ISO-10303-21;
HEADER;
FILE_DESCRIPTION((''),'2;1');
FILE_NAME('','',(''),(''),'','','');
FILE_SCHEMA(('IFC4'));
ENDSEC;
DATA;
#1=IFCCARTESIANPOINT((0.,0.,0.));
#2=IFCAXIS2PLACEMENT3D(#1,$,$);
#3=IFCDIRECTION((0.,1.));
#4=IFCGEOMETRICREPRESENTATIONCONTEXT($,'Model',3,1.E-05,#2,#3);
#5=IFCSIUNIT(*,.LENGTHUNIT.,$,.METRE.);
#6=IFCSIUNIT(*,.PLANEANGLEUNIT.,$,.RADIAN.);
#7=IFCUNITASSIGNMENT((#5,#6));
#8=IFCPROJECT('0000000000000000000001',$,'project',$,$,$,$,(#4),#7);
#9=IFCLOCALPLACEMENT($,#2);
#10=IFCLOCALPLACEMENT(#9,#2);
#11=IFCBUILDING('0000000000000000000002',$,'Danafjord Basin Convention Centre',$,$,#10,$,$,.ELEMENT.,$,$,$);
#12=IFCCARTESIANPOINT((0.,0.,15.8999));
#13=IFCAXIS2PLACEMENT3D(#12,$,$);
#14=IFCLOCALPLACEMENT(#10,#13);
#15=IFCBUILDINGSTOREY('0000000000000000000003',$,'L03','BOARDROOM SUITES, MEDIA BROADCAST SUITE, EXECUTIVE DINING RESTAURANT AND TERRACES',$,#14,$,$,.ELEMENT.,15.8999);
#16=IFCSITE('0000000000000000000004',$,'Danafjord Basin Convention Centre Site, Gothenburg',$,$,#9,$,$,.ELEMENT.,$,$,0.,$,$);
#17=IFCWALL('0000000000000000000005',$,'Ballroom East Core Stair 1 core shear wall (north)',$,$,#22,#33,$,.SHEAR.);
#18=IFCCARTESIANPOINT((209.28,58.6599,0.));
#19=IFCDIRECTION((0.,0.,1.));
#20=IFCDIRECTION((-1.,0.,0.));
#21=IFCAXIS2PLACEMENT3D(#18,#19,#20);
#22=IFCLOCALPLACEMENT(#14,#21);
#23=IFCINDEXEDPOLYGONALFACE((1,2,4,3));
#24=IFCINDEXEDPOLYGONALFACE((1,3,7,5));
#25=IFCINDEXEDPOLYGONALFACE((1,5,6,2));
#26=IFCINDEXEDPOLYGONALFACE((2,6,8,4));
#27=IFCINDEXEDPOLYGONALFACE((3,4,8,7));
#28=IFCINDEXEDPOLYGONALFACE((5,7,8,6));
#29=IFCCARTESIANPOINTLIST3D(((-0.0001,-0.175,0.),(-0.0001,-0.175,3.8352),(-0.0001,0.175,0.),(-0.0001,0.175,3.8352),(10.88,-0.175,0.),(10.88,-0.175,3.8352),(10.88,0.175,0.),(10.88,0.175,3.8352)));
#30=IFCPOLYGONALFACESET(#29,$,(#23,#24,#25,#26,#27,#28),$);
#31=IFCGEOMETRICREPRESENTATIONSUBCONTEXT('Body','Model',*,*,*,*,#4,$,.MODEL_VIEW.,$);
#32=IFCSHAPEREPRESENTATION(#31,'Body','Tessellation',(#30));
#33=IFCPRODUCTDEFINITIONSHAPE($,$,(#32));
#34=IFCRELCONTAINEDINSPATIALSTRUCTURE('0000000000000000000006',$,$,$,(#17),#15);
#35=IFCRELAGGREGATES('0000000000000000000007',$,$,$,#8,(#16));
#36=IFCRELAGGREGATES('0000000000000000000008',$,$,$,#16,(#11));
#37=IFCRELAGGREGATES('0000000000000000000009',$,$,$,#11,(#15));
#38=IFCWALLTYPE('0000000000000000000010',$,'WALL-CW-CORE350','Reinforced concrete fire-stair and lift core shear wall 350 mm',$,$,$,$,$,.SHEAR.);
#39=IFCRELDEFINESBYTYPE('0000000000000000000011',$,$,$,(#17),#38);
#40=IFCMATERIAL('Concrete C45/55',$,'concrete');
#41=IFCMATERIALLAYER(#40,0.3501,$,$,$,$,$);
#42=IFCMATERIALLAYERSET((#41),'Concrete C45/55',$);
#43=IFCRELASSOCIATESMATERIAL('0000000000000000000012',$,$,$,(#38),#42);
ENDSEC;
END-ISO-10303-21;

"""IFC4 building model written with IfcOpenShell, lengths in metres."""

from ifc_helpers import new_model, si_unit, direction, frame, frame_2d, origin, place, context, subcontext, project, spatial, rectangle, extrude, material, layer, layer_set, type_object, element, save


model = new_model("IFC4")

# Units and contexts
model_context = context("Model", 3, precision=1e-05, world=origin(), true_north=direction((0.0, 1.0)))
body_context = subcontext(model_context, "Body", "Model", "MODEL_VIEW")
ifc_project = project(units=[si_unit("LENGTHUNIT", "METRE"), si_unit("PLANEANGLEUNIT", "RADIAN")], contexts=[model_context])

# Site, building, storey
site_placement = place(None, origin())
site = spatial("IfcSite", under=ifc_project, at=site_placement, Name="Danafjord Basin Convention Centre Site, Gothenburg", CompositionType="ELEMENT", RefElevation=0.0)
building_placement = place(site_placement, origin())
building = spatial("IfcBuilding", under=site, at=building_placement, Name="Danafjord Basin Convention Centre", CompositionType="ELEMENT")
storey_placement = place(building_placement, frame((0.0, 0.0, 15.8999)))
storey = spatial("IfcBuildingStorey", under=building, at=storey_placement, Name="L03", Description="BOARDROOM SUITES, MEDIA BROADCAST SUITE, EXECUTIVE DINING RESTAURANT AND TERRACES", CompositionType="ELEMENT", Elevation=15.8999)

# Wall
ifc_material_1 = material(Name="Concrete C45/55", Category="concrete")
ifc_layer_1 = layer(ifc_material_1, 0.3501)
ifc_layer_set_1 = layer_set([ifc_layer_1], Name="Concrete C45/55")
wall_type_1 = type_object("IfcWallType", Name="WALL-CW-CORE350", Description="Reinforced concrete fire-stair and lift core shear wall 350 mm", PredefinedType="SHEAR", material=ifc_layer_set_1)
wall_1_placement = place(storey_placement, frame((209.28, 58.6599, 0.0), z_axis=(0.0, 0.0, 1.0), x_axis=(-1.0, 0.0, 0.0)))
element("IfcWall", 1, at=wall_1_placement, inside=storey, type_object=wall_type_1, Name="Ballroom East Core Stair 1 core shear wall (north)", PredefinedType="SHEAR", context=body_context, shape_type="SweptSolid", body=[
    extrude(rectangle(XDim=10.8801, YDim=0.3501, at=frame_2d((5.4399, 0.0))), origin(), (0.0, 0.0, 1.0), 3.8352),
])

save(model, "model.ifc")
